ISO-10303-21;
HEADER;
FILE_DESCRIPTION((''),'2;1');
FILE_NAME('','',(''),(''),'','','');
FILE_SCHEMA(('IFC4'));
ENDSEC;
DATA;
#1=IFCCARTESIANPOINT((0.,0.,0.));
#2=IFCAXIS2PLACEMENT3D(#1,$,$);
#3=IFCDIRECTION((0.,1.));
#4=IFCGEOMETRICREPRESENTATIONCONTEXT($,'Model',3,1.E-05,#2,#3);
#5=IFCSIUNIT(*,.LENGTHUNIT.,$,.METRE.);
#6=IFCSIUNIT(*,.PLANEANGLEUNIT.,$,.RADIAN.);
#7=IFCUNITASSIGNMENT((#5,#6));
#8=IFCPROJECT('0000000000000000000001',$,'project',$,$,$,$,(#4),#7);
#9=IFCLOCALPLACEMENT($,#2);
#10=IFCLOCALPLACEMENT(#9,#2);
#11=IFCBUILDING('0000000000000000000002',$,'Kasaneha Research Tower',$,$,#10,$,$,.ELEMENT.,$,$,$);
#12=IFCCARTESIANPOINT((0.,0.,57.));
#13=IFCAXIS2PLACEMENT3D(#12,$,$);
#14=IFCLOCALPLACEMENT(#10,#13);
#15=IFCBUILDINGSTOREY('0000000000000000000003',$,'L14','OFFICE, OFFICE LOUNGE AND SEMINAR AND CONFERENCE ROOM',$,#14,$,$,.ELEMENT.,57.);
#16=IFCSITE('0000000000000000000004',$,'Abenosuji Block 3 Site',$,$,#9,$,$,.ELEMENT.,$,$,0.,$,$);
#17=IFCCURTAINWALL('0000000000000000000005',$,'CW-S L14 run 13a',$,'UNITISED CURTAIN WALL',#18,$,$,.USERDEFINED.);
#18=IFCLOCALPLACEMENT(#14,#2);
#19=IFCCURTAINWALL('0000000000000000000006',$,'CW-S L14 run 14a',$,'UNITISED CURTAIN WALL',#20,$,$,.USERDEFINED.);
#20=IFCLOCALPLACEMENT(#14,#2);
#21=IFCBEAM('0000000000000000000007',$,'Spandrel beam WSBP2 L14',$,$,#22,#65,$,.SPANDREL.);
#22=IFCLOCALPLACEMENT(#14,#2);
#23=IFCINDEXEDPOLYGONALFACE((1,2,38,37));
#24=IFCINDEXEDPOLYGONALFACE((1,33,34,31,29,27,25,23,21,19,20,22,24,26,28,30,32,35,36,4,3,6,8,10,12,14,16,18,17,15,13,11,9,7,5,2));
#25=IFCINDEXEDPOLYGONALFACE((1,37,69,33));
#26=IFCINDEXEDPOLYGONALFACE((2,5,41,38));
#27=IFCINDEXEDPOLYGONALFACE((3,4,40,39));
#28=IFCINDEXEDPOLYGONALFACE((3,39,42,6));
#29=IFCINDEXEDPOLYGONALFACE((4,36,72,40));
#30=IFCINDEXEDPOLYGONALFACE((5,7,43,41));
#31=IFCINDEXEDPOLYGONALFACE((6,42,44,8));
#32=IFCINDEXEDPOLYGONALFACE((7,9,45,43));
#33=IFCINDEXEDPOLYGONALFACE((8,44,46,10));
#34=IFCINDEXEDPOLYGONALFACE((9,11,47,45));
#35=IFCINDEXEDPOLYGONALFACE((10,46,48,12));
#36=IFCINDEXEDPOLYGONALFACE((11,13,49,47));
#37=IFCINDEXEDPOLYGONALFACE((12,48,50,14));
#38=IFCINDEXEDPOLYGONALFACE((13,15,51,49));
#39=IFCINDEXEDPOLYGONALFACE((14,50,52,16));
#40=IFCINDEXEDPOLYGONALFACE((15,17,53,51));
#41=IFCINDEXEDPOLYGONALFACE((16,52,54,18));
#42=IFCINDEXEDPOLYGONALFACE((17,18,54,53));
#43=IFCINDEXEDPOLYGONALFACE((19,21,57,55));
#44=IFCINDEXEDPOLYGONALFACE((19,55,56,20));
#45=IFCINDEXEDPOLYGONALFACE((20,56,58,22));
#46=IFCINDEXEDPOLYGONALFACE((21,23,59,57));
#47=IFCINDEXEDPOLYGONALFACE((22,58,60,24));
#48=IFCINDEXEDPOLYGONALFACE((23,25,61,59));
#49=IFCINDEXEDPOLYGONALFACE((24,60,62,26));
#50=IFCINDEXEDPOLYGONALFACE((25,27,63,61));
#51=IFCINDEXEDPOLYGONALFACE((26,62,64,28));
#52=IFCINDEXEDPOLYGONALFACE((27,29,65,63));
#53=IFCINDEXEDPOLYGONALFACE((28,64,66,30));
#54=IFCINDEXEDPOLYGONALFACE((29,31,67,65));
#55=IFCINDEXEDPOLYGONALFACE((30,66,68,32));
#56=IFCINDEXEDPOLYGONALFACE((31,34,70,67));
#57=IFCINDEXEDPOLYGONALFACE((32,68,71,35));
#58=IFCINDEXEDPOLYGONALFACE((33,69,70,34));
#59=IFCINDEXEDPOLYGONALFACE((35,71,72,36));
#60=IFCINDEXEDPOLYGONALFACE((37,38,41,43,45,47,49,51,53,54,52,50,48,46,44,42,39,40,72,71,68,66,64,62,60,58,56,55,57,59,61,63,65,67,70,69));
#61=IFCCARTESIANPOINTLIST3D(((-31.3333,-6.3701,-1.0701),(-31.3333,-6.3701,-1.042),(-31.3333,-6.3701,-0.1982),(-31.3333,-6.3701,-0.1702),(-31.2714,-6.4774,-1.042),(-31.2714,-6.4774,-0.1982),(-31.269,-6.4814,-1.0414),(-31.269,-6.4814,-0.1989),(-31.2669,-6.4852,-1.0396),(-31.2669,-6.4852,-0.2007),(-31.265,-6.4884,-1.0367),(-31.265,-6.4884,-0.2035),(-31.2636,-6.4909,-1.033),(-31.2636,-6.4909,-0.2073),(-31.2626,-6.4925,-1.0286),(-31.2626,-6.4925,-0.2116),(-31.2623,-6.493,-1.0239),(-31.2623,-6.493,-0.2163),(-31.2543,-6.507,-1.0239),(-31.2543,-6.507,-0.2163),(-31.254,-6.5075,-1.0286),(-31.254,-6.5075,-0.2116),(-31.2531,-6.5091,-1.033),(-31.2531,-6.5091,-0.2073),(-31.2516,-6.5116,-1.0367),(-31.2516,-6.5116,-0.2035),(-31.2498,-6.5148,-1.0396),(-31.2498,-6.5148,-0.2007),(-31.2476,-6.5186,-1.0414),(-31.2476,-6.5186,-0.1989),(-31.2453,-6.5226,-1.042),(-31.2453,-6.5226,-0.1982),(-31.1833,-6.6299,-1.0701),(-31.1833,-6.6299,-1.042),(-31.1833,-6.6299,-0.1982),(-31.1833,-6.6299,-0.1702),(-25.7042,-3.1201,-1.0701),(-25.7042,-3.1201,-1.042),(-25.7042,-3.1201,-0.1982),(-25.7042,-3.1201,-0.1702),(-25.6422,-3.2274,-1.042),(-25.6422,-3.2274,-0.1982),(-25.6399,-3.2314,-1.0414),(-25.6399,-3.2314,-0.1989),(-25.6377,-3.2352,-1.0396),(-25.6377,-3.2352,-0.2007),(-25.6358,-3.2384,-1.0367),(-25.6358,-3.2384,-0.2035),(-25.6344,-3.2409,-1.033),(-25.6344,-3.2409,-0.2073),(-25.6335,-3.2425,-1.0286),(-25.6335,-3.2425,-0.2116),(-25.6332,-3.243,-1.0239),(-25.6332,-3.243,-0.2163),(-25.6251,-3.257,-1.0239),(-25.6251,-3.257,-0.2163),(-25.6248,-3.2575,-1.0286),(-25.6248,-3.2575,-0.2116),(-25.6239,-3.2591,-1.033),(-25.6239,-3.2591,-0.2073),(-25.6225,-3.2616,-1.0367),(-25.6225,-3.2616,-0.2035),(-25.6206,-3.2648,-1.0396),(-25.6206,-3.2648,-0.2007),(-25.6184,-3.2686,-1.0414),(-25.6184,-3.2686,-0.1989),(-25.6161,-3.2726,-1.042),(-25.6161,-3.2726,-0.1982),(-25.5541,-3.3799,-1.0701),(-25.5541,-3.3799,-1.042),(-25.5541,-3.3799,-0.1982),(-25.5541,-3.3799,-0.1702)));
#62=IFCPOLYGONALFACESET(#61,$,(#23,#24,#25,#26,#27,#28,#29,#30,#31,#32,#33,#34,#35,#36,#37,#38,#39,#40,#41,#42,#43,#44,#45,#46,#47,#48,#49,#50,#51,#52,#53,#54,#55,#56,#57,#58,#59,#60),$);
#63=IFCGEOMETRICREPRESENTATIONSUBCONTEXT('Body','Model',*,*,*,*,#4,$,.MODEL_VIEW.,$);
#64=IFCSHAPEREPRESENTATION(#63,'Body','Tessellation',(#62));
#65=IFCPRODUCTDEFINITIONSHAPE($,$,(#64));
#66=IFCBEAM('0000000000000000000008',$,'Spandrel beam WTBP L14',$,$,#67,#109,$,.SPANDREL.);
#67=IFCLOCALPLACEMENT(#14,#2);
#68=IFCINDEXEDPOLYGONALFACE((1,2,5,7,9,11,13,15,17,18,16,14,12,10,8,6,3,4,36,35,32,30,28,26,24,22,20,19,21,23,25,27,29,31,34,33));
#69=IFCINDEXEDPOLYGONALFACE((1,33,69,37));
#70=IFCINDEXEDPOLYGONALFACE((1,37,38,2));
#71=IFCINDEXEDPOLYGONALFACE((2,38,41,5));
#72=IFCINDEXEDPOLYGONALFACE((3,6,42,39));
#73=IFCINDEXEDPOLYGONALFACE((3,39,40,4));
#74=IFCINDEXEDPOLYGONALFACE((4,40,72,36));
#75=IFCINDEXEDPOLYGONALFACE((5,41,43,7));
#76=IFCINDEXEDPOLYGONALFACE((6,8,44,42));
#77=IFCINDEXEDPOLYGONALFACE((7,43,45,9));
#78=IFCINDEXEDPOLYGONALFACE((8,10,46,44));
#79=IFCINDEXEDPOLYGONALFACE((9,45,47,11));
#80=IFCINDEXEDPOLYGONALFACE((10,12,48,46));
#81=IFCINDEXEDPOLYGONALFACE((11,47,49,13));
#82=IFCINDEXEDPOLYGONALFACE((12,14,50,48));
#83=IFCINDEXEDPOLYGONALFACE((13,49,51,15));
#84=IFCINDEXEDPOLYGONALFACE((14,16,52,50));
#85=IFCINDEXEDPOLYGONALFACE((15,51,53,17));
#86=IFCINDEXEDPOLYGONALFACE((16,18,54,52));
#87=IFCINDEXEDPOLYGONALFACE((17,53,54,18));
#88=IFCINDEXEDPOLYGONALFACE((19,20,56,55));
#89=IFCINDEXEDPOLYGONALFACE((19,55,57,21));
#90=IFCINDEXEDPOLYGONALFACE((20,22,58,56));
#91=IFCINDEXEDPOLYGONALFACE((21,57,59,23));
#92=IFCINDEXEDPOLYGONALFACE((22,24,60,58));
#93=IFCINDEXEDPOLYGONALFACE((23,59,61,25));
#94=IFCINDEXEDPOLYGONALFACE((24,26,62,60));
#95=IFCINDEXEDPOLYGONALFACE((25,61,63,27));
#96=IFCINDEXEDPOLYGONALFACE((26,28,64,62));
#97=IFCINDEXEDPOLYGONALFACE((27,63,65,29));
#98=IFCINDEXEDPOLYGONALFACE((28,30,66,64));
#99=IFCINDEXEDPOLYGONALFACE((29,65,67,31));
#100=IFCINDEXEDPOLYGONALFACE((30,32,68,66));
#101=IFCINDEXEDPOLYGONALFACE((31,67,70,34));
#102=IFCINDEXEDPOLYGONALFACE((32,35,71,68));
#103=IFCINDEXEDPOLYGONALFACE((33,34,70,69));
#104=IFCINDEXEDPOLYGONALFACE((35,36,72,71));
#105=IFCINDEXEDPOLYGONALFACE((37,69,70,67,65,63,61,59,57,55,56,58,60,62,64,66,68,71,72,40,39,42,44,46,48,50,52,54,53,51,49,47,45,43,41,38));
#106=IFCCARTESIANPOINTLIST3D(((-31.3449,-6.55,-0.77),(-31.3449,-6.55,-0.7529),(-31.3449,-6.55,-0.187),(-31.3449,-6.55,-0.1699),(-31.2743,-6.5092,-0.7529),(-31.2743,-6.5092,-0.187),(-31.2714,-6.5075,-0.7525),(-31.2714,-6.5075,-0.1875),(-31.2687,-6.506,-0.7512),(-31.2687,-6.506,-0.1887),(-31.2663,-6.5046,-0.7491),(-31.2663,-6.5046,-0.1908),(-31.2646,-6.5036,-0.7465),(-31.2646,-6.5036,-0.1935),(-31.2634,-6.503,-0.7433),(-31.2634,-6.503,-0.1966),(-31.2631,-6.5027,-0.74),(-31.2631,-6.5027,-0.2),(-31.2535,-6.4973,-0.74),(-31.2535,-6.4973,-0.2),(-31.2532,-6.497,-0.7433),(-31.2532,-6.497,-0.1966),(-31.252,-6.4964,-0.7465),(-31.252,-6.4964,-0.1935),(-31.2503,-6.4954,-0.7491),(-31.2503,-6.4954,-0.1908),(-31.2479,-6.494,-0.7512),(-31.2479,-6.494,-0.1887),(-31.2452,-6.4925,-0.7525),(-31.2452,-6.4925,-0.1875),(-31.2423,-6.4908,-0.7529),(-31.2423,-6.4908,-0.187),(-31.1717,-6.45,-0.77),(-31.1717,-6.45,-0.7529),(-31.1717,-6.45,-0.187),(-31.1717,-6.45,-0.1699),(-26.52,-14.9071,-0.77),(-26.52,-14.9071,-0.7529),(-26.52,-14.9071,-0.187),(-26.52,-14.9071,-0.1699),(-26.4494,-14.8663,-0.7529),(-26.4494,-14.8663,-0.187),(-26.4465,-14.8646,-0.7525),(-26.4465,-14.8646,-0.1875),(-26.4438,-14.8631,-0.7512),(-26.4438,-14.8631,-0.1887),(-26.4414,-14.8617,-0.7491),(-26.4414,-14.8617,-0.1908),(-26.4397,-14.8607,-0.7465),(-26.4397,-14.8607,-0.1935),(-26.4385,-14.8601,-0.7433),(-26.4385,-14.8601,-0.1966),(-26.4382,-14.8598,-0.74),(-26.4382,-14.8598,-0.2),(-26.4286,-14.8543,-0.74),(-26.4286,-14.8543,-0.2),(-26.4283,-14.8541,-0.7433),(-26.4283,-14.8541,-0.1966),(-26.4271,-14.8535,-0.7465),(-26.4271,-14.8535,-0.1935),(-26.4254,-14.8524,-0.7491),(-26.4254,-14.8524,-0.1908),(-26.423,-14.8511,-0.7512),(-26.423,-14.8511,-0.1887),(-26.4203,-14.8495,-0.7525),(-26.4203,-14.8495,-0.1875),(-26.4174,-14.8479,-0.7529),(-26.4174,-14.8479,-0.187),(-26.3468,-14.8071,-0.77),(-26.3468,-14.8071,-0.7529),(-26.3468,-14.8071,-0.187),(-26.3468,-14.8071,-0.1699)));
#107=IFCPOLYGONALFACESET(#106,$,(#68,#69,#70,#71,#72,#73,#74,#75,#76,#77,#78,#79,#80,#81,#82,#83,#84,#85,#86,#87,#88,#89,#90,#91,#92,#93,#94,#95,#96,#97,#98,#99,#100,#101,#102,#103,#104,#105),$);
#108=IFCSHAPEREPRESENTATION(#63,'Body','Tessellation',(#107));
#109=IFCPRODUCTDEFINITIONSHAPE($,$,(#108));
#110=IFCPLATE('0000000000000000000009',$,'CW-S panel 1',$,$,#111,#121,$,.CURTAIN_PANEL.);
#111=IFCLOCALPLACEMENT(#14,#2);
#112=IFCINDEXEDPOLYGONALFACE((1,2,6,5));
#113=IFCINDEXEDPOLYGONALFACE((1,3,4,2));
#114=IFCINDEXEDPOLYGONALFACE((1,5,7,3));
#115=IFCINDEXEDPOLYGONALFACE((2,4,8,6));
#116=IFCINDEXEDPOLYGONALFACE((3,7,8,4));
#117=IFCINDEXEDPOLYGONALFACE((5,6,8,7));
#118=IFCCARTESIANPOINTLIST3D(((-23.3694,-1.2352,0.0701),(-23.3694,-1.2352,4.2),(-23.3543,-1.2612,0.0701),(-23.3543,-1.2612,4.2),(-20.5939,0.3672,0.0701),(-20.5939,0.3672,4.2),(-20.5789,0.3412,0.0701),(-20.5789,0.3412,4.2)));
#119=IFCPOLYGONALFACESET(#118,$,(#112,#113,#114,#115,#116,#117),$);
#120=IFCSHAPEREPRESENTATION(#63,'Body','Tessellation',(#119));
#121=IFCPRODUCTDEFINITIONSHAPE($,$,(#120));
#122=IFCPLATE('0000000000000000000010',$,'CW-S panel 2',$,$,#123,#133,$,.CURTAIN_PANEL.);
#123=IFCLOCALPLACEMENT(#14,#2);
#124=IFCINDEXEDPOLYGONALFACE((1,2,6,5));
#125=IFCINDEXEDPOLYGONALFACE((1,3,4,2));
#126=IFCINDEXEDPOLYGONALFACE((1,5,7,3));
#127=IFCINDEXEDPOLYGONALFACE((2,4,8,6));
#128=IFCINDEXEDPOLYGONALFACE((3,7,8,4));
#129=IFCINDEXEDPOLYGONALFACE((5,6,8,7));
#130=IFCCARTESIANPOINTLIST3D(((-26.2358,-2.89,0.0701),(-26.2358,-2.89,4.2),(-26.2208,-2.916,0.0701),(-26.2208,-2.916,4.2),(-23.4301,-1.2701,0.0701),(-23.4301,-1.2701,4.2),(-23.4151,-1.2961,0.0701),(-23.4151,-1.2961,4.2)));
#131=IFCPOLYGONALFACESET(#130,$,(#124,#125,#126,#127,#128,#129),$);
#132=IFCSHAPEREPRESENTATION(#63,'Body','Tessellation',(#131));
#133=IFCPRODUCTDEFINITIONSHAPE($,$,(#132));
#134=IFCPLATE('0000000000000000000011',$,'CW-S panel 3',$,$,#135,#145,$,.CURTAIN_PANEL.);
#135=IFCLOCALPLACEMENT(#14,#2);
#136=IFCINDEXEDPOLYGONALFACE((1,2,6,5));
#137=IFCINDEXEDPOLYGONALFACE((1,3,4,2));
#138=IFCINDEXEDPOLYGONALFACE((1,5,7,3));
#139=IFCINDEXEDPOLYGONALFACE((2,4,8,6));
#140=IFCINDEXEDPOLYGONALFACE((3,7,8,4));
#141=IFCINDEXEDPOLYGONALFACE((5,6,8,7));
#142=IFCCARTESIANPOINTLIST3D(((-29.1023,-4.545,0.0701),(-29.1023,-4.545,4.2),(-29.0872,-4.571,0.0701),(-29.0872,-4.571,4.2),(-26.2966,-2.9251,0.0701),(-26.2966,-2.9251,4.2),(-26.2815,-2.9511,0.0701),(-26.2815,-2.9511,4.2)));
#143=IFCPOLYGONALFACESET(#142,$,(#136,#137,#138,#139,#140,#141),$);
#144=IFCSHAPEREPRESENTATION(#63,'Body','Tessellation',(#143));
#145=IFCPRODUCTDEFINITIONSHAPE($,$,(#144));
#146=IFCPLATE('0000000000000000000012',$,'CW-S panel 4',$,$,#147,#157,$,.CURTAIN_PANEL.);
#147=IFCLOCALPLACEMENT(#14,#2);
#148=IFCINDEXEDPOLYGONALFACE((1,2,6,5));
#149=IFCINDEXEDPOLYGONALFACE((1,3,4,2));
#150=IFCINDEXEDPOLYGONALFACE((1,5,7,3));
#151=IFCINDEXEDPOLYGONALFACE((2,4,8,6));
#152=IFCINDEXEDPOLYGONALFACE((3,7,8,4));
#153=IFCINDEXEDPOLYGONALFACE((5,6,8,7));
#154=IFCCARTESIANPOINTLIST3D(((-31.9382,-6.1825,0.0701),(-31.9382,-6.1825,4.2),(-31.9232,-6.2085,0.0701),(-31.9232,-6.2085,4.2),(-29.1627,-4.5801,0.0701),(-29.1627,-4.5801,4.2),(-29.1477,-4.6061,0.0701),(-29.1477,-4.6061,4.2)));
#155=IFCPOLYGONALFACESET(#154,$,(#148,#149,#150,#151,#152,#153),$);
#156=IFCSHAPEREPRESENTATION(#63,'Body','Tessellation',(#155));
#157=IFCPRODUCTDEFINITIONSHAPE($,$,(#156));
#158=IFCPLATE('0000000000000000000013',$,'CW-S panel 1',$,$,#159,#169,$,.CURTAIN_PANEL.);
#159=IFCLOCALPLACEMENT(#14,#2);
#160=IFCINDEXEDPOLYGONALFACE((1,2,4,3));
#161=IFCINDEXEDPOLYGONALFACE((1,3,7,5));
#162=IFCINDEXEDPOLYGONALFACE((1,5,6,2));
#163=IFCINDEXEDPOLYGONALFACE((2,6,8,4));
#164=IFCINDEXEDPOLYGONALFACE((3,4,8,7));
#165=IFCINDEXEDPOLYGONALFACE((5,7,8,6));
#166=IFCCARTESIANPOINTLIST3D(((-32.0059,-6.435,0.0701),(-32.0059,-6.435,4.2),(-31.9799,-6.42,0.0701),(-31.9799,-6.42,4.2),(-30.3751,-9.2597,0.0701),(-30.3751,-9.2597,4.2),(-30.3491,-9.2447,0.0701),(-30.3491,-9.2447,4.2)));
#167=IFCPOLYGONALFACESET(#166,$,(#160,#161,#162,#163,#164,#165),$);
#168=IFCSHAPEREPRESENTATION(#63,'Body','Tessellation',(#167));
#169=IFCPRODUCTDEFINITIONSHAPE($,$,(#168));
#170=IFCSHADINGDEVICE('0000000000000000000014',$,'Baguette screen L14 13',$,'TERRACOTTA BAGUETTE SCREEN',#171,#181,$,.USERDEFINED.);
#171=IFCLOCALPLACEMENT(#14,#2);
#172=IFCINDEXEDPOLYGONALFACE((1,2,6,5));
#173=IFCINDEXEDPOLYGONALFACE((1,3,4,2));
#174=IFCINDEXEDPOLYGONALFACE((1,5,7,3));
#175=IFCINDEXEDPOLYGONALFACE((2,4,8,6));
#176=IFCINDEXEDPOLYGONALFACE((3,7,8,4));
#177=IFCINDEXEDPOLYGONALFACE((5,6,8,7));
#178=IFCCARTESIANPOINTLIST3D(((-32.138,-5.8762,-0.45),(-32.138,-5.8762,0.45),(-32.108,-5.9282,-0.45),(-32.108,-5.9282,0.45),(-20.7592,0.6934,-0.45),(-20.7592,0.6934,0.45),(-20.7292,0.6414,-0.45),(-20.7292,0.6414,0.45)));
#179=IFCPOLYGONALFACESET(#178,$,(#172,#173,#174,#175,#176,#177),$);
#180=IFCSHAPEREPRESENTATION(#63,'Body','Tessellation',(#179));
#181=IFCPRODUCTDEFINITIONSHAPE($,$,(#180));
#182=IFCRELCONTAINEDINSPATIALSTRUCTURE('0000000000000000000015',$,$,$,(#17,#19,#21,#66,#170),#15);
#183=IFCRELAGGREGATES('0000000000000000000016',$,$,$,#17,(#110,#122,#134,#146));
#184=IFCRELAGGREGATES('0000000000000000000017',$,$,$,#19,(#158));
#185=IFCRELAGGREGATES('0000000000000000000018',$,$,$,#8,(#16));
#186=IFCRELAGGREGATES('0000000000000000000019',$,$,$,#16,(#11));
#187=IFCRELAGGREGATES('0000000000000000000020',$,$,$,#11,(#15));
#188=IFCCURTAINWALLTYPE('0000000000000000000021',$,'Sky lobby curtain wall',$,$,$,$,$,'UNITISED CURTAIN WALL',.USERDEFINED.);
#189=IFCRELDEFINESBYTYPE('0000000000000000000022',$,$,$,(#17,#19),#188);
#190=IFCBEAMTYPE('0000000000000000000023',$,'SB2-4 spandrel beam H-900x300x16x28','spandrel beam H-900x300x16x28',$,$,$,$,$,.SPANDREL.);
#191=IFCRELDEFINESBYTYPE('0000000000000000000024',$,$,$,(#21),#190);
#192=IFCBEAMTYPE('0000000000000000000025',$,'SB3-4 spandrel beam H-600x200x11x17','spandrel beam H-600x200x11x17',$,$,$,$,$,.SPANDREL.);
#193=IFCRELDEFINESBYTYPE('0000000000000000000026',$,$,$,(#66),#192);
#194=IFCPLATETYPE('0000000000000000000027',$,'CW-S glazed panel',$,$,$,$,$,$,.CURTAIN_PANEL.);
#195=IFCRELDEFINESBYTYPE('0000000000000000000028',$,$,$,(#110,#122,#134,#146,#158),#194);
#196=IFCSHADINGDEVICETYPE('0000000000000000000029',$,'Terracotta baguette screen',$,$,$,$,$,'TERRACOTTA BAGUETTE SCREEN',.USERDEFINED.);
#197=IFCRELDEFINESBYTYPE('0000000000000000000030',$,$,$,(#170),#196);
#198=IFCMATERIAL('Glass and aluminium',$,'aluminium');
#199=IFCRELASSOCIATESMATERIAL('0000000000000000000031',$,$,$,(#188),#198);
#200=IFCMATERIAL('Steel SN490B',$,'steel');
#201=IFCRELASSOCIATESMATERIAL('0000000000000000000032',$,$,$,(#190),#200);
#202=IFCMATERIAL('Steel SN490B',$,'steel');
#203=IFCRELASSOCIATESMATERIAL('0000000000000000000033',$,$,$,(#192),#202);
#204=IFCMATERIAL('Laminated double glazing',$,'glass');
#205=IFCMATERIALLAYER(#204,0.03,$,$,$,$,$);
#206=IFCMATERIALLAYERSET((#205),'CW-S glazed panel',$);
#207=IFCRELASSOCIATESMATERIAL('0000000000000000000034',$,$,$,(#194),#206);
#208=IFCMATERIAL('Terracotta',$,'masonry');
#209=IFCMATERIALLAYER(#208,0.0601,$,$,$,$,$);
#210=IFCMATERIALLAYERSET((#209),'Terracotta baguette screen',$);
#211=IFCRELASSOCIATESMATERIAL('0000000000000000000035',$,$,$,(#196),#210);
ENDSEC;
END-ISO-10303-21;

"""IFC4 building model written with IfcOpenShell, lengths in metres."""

from ifc_helpers import new_model, si_unit, direction, frame, origin, origin_2d, place, context, subcontext, project, spatial, rectangle, i_section, extrude, material, layer, layer_set, material_profile, profile_set, type_object, element, aggregate, save


model = new_model("IFC4")

# Units and contexts
model_context = context("Model", 3, precision=1e-05, world=origin(), true_north=direction((0.0, 1.0)))
body_context = subcontext(model_context, "Body", "Model", "MODEL_VIEW")
ifc_project = project(units=[si_unit("LENGTHUNIT", "METRE"), si_unit("PLANEANGLEUNIT", "RADIAN")], contexts=[model_context])

# Site, building, storey
site_placement = place(None, origin())
site = spatial("IfcSite", under=ifc_project, at=site_placement, Name="Abenosuji Block 3 Site", CompositionType="ELEMENT", RefElevation=0.0)
building_placement = place(site_placement, origin())
building = spatial("IfcBuilding", under=site, at=building_placement, Name="Kasaneha Research Tower", CompositionType="ELEMENT")
storey_placement = place(building_placement, frame((0.0, 0.0, 57.0)))
storey = spatial("IfcBuildingStorey", under=building, at=storey_placement, Name="L14", Description="OFFICE, OFFICE LOUNGE AND SEMINAR AND CONFERENCE ROOM", CompositionType="ELEMENT", Elevation=57.0)

# Curtain wall
ifc_material_1 = material(Name="Glass and aluminium", Category="aluminium")
curtain_wall_type = type_object("IfcCurtainWallType", Name="Sky lobby curtain wall", ElementType="UNITISED CURTAIN WALL", PredefinedType="USERDEFINED", material=ifc_material_1)
curtain_wall_1_placement = place(storey_placement, origin())
curtain_wall_1 = element("IfcCurtainWall", 1, at=curtain_wall_1_placement, inside=storey, type_object=curtain_wall_type, Name="CW-S L14 run 13a", ObjectType="UNITISED CURTAIN WALL", PredefinedType="USERDEFINED")

# Curtain wall
curtain_wall_2_placement = place(storey_placement, origin())
curtain_wall_2 = element("IfcCurtainWall", 2, at=curtain_wall_2_placement, inside=storey, type_object=curtain_wall_type, Name="CW-S L14 run 14a", ObjectType="UNITISED CURTAIN WALL", PredefinedType="USERDEFINED")

# Beams
ifc_material_2 = material(Name="Steel SN490B", Category="steel")
ifc_material_profile_1 = material_profile(ifc_material_2, i_section(OverallWidth=0.3, OverallDepth=0.8999, WebThickness=0.0161, FlangeThickness=0.0281, FilletRadius=0.0181, at=origin_2d()), Name="H-900x300x16x28")
ifc_profile_set_1 = profile_set([ifc_material_profile_1], Name="Steel SN490B")
beam_type_1 = type_object("IfcBeamType", Name="SB2-4 spandrel beam H-900x300x16x28", Description="spandrel beam H-900x300x16x28", PredefinedType="SPANDREL", material=ifc_profile_set_1)
beam_1_placement = place(storey_placement, frame((-25.6292, -3.25, -0.6201), z_axis=(-0.866025, -0.500001, 0.0), x_axis=(0.500001, -0.866025, 0.0)))
element("IfcBeam", 3, at=beam_1_placement, inside=storey, type_object=beam_type_1, Name="Spandrel beam WSBP2 L14", PredefinedType="SPANDREL", context=body_context, shape_type="SweptSolid", body=[
    extrude(i_section(OverallWidth=0.3, OverallDepth=0.8999, WebThickness=0.0161, FlangeThickness=0.0281, FilletRadius=0.0181, at=origin_2d()), origin(), (0.0, 0.0, 1.0), 6.5),
])
ifc_material_3 = material(Name="Steel SN490B", Category="steel")
ifc_material_profile_2 = material_profile(ifc_material_3, i_section(OverallWidth=0.2, OverallDepth=0.6001, WebThickness=0.011, FlangeThickness=0.0171, FilletRadius=0.0129, at=origin_2d()), Name="H-600x200x11x17")
ifc_profile_set_2 = profile_set([ifc_material_profile_2], Name="Steel SN490B")
beam_type_2 = type_object("IfcBeamType", Name="SB3-4 spandrel beam H-600x200x11x17", Description="spandrel beam H-600x200x11x17", PredefinedType="SPANDREL", material=ifc_profile_set_2)
beam_2_placement = place(storey_placement, frame((-31.2583, -6.5, -0.47), z_axis=(0.499995, -0.866028, 0.0), x_axis=(0.866028, 0.499995, 0.0)))
element("IfcBeam", 4, at=beam_2_placement, inside=storey, type_object=beam_type_2, Name="Spandrel beam WTBP L14", PredefinedType="SPANDREL", context=body_context, shape_type="SweptSolid", body=[
    extrude(i_section(OverallWidth=0.2, OverallDepth=0.6001, WebThickness=0.011, FlangeThickness=0.0171, FilletRadius=0.0129, at=origin_2d()), origin(), (0.0, 0.0, 1.0), 9.6499),
])

# Plates
ifc_material_4 = material(Name="Laminated double glazing", Category="glass")
ifc_layer_1 = layer(ifc_material_4, 0.03)
ifc_layer_set_1 = layer_set([ifc_layer_1], Name="CW-S glazed panel")
plate_type = type_object("IfcPlateType", Name="CW-S glazed panel", PredefinedType="CURTAIN_PANEL", material=ifc_layer_set_1)
plate_1_placement = place(storey_placement, frame((-21.9741, -0.447, 0.0701), z_axis=(0.0, 0.0, 1.0), x_axis=(-0.866025, -0.5, 0.0)))
plate_1 = element("IfcPlate", 5, at=plate_1_placement, type_object=plate_type, Name="CW-S panel 1", PredefinedType="CURTAIN_PANEL", context=body_context, shape_type="SweptSolid", body=[
    extrude(rectangle(XDim=3.2048, YDim=0.03, at=origin_2d()), origin(), (0.0, 0.0, 1.0), 4.1299),
])
plate_2_placement = place(storey_placement, frame((-24.8254, -2.093, 0.0701), z_axis=(0.0, 0.0, 1.0), x_axis=(-0.866025, -0.5, 0.0)))
plate_2 = element("IfcPlate", 6, at=plate_2_placement, type_object=plate_type, Name="CW-S panel 2", PredefinedType="CURTAIN_PANEL", context=body_context, shape_type="SweptSolid", body=[
    extrude(rectangle(XDim=3.2397, YDim=0.03, at=origin_2d()), origin(), (0.0, 0.0, 1.0), 4.1299),
])
plate_3_placement = place(storey_placement, frame((-27.6919, -3.748, 0.0701), z_axis=(0.0, 0.0, 1.0), x_axis=(-0.866025, -0.5, 0.0)))
plate_3 = element("IfcPlate", 7, at=plate_3_placement, type_object=plate_type, Name="CW-S panel 3", PredefinedType="CURTAIN_PANEL", context=body_context, shape_type="SweptSolid", body=[
    extrude(rectangle(XDim=3.2397, YDim=0.03, at=origin_2d()), origin(), (0.0, 0.0, 1.0), 4.1299),
])
plate_4_placement = place(storey_placement, frame((-30.543, -5.3943, 0.0701), z_axis=(0.0, 0.0, 1.0), x_axis=(-0.866025, -0.5, 0.0)))
plate_4 = element("IfcPlate", 8, at=plate_4_placement, type_object=plate_type, Name="CW-S panel 4", PredefinedType="CURTAIN_PANEL", context=body_context, shape_type="SweptSolid", body=[
    extrude(rectangle(XDim=3.2048, YDim=0.03, at=origin_2d()), origin(), (0.0, 0.0, 1.0), 4.1299),
])
aggregate(curtain_wall_1, [plate_1, plate_2, plate_3, plate_4])
plate_5_placement = place(storey_placement, frame((-31.1775, -7.8398, 0.0701), z_axis=(0.0, 0.0, 1.0), x_axis=(0.5, -0.866025, 0.0)))
plate_5 = element("IfcPlate", 9, at=plate_5_placement, type_object=plate_type, Name="CW-S panel 1", PredefinedType="CURTAIN_PANEL", context=body_context, shape_type="SweptSolid", body=[
    extrude(rectangle(XDim=3.2617, YDim=0.03, at=origin_2d()), origin(), (0.0, 0.0, 1.0), 4.1299),
])
aggregate(curtain_wall_2, [plate_5])

# Shading device
ifc_material_5 = material(Name="Terracotta", Category="masonry")
ifc_layer_2 = layer(ifc_material_5, 0.0601)
ifc_layer_set_2 = layer_set([ifc_layer_2], Name="Terracotta baguette screen")
shading_device_type = type_object("IfcShadingDeviceType", Name="Terracotta baguette screen", ElementType="TERRACOTTA BAGUETTE SCREEN", PredefinedType="USERDEFINED", material=ifc_layer_set_2)
shading_device_placement = place(storey_placement, frame((-26.4336, -2.6174, -0.45), z_axis=(0.0, 0.0, 1.0), x_axis=(-0.866025, -0.5, 0.0)))
element("IfcShadingDevice", 10, at=shading_device_placement, inside=storey, type_object=shading_device_type, Name="Baguette screen L14 13", ObjectType="TERRACOTTA BAGUETTE SCREEN", PredefinedType="USERDEFINED", context=body_context, shape_type="SweptSolid", body=[
    extrude(rectangle(XDim=13.1392, YDim=0.0601, at=origin_2d()), origin(), (0.0, 0.0, 1.0), 0.8999),
])

save(model, "model.ifc")
